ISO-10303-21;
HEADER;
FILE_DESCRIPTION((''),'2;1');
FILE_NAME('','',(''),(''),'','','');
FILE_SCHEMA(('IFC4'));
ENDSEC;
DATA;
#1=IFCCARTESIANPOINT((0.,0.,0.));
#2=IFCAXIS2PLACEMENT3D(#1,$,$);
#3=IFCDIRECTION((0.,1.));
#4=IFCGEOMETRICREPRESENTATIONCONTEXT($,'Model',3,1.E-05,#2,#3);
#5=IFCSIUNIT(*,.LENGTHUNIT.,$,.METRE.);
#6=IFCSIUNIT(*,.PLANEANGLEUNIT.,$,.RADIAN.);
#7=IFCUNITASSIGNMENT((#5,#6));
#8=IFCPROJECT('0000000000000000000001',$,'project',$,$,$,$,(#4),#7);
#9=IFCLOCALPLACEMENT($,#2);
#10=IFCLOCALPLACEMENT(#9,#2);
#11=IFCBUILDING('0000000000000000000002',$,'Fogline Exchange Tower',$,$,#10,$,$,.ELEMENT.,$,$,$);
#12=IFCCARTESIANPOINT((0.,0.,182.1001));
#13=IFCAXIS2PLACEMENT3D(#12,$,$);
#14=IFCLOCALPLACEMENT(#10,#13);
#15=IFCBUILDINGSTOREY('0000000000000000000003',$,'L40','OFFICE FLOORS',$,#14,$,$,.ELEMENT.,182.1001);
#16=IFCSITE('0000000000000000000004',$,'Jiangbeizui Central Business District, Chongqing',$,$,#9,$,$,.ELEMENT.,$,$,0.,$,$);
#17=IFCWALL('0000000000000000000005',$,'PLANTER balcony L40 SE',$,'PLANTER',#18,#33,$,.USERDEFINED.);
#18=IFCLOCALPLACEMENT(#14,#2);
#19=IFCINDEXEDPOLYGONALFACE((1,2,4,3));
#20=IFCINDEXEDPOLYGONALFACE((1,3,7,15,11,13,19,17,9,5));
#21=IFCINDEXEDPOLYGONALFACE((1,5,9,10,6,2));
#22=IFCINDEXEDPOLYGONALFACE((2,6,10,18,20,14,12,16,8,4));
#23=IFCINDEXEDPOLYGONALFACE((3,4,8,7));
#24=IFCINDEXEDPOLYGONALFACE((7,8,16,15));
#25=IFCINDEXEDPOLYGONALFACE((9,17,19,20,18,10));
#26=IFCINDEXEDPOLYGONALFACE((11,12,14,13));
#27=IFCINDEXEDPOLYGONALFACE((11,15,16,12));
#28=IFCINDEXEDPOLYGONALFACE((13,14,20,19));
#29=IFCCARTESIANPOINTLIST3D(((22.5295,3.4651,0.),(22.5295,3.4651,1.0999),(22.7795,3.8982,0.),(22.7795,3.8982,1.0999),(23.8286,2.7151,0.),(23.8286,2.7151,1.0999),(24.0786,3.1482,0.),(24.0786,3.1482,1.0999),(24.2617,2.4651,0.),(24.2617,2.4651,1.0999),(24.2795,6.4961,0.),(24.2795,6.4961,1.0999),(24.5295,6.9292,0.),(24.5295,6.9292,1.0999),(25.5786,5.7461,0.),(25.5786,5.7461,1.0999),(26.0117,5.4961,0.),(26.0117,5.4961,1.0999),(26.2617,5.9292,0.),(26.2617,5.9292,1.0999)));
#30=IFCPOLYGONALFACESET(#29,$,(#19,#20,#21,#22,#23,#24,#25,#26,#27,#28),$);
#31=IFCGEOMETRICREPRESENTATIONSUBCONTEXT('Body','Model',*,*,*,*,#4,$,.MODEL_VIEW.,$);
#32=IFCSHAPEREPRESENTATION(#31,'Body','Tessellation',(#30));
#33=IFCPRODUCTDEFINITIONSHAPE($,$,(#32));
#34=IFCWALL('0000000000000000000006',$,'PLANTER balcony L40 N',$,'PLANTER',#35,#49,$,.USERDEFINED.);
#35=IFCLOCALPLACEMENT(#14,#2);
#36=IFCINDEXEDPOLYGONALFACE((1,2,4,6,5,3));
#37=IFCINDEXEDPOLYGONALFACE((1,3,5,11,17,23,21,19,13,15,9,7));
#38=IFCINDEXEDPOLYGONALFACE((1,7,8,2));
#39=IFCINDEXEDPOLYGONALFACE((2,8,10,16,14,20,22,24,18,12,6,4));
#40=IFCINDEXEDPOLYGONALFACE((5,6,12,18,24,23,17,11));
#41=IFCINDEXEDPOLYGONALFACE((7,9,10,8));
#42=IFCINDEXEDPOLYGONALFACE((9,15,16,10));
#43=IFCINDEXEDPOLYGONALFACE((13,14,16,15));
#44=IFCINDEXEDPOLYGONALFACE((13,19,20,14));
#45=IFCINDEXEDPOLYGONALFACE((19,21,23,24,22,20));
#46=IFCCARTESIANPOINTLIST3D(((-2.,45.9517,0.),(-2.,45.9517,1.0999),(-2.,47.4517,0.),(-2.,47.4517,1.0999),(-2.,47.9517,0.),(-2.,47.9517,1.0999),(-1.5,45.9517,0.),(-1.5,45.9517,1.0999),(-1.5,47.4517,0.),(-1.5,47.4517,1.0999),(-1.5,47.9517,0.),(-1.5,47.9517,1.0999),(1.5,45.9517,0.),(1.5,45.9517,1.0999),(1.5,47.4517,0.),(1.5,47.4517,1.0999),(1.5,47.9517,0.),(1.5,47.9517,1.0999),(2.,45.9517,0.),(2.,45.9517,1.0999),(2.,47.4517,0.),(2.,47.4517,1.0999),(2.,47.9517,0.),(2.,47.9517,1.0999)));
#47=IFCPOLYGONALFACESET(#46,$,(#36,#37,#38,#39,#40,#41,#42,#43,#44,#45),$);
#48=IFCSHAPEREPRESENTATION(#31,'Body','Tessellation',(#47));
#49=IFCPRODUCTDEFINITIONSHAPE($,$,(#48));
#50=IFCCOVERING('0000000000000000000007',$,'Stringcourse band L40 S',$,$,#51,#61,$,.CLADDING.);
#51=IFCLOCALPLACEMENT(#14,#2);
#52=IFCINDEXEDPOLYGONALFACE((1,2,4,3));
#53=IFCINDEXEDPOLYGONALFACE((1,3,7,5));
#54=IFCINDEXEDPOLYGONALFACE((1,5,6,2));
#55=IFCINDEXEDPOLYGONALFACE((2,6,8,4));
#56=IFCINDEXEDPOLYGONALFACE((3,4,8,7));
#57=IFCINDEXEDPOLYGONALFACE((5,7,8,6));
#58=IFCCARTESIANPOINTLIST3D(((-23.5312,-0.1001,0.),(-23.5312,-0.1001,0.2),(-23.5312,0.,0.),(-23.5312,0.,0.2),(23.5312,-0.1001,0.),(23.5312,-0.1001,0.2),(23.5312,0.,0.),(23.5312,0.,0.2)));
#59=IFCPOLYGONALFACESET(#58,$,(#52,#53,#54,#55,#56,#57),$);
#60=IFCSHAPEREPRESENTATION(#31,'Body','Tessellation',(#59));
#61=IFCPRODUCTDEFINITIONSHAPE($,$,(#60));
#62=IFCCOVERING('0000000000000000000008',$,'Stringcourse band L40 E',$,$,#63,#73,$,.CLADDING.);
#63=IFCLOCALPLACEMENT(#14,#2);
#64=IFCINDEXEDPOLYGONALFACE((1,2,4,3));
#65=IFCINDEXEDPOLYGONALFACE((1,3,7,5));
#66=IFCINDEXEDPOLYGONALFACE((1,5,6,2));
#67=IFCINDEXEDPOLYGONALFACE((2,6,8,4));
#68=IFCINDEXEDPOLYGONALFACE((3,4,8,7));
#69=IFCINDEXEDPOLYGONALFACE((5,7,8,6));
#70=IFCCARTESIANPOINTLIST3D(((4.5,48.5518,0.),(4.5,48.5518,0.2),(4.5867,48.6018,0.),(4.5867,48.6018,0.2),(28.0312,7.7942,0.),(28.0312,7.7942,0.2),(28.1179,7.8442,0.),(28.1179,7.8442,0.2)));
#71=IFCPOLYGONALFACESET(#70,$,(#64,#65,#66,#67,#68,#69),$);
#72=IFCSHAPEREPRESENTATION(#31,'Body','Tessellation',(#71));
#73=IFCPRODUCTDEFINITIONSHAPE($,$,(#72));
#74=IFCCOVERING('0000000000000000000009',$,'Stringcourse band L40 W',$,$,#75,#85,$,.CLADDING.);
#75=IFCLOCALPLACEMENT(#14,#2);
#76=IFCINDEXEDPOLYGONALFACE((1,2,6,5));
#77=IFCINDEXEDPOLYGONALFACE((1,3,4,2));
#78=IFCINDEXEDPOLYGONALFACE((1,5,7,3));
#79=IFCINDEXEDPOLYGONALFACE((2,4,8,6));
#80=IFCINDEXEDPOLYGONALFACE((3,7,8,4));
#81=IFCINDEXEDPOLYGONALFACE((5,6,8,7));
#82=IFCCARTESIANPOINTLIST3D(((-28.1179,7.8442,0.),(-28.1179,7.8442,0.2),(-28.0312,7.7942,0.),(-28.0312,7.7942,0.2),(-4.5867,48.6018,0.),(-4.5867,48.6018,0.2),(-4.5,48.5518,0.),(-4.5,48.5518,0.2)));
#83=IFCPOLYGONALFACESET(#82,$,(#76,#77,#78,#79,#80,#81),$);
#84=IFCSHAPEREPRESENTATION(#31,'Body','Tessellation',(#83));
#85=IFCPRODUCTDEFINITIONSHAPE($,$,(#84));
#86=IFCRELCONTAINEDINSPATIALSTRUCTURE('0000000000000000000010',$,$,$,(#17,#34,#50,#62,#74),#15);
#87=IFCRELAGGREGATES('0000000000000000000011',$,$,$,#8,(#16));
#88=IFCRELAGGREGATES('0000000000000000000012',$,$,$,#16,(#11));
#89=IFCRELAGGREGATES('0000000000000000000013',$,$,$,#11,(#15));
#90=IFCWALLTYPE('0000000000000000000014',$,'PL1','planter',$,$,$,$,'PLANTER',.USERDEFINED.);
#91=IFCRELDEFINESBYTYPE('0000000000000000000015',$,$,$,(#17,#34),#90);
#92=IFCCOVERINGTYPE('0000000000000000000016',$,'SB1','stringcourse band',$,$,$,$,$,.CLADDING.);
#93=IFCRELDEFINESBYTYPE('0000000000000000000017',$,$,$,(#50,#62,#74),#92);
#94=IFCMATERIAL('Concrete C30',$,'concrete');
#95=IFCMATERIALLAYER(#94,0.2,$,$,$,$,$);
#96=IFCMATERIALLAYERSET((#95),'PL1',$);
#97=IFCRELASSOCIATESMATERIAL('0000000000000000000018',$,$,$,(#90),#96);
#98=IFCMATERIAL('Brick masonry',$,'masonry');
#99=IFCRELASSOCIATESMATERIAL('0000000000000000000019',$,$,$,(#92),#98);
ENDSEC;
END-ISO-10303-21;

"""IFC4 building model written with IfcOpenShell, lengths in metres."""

from ifc_helpers import new_model, si_unit, direction, frame, origin, place, context, subcontext, project, spatial, polyline, outline, extrude, material, layer, layer_set, type_object, element, save


model = new_model("IFC4")

# Units and contexts
model_context = context("Model", 3, precision=1e-05, world=origin(), true_north=direction((0.0, 1.0)))
body_context = subcontext(model_context, "Body", "Model", "MODEL_VIEW")
ifc_project = project(units=[si_unit("LENGTHUNIT", "METRE"), si_unit("PLANEANGLEUNIT", "RADIAN")], contexts=[model_context])

# Site, building, storey
site_placement = place(None, origin())
site = spatial("IfcSite", under=ifc_project, at=site_placement, Name="Jiangbeizui Central Business District, Chongqing", CompositionType="ELEMENT", RefElevation=0.0)
building_placement = place(site_placement, origin())
building = spatial("IfcBuilding", under=site, at=building_placement, Name="Fogline Exchange Tower", CompositionType="ELEMENT")
storey_placement = place(building_placement, frame((0.0, 0.0, 182.1001)))
storey = spatial("IfcBuildingStorey", under=building, at=storey_placement, Name="L40", Description="OFFICE FLOORS", CompositionType="ELEMENT", Elevation=182.1001)

# Walls
ifc_material_1 = material(Name="Brick masonry", Category="masonry")
ifc_material_2 = material(Name="Concrete C30", Category="concrete")
ifc_layer_1 = layer(ifc_material_2, 0.2)
ifc_layer_set_1 = layer_set([ifc_layer_1], Name="PL1")
wall_type_1 = type_object("IfcWallType", Name="PL1", Description="planter", ElementType="PLANTER", PredefinedType="USERDEFINED", material=ifc_layer_set_1)
wall_1_placement = place(storey_placement, origin())
element("IfcWall", 1, at=wall_1_placement, inside=storey, type_object=wall_type_1, Name="PLANTER balcony L40 SE", ObjectType="PLANTER", PredefinedType="USERDEFINED", context=body_context, shape_type="SweptSolid", body=[
    extrude(outline(polyline([(22.5295, 3.4651), (23.8286, 2.7151), (23.8286, 2.7151), (24.2617, 2.4651), (26.0117, 5.4961), (26.2617, 5.9292), (24.5295, 6.9292), (24.2795, 6.4961), (25.5786, 5.7461), (24.0786, 3.1482), (22.7795, 3.8982), (22.5295, 3.4651)])), origin(), (0.0, 0.0, 1.0), 1.0999),
])
wall_2_placement = place(storey_placement, origin())
element("IfcWall", 2, at=wall_2_placement, inside=storey, type_object=wall_type_1, Name="PLANTER balcony L40 N", ObjectType="PLANTER", PredefinedType="USERDEFINED", context=body_context, shape_type="SweptSolid", body=[
    extrude(outline(polyline([(-1.5, 47.9517), (-2.0, 47.9517), (-2.0, 47.4517), (-2.0, 45.9517), (-1.5, 45.9517), (-1.5, 47.4517), (1.5, 47.4517), (1.5, 45.9517), (2.0, 45.9517), (2.0, 47.4517), (2.0, 47.9517), (1.5, 47.9517), (-1.5, 47.9517)])), origin(), (0.0, 0.0, 1.0), 1.0999),
])

# Coverings
covering_type = type_object("IfcCoveringType", Name="SB1", Description="stringcourse band", PredefinedType="CLADDING", material=ifc_material_1)
covering_1_placement = place(storey_placement, origin())
element("IfcCovering", 3, at=covering_1_placement, inside=storey, type_object=covering_type, Name="Stringcourse band L40 S", PredefinedType="CLADDING", context=body_context, shape_type="SweptSolid", body=[
    extrude(outline(polyline([(-23.5312, 0.0), (-23.5312, -0.1001), (23.5312, -0.1001), (23.5312, 0.0), (-23.5312, 0.0)])), origin(), (0.0, 0.0, 1.0), 0.2),
])
covering_2_placement = place(storey_placement, origin())
element("IfcCovering", 4, at=covering_2_placement, inside=storey, type_object=covering_type, Name="Stringcourse band L40 E", PredefinedType="CLADDING", context=body_context, shape_type="SweptSolid", body=[
    extrude(outline(polyline([(28.0312, 7.7942), (28.1179, 7.8442), (4.5867, 48.6018), (4.5, 48.5518), (28.0312, 7.7942)])), origin(), (0.0, 0.0, 1.0), 0.2),
])
covering_3_placement = place(storey_placement, origin())
element("IfcCovering", 5, at=covering_3_placement, inside=storey, type_object=covering_type, Name="Stringcourse band L40 W", PredefinedType="CLADDING", context=body_context, shape_type="SweptSolid", body=[
    extrude(outline(polyline([(-4.5, 48.5518), (-4.5867, 48.6018), (-28.1179, 7.8442), (-28.0312, 7.7942), (-4.5, 48.5518)])), origin(), (0.0, 0.0, 1.0), 0.2),
])

save(model, "model.ifc")
